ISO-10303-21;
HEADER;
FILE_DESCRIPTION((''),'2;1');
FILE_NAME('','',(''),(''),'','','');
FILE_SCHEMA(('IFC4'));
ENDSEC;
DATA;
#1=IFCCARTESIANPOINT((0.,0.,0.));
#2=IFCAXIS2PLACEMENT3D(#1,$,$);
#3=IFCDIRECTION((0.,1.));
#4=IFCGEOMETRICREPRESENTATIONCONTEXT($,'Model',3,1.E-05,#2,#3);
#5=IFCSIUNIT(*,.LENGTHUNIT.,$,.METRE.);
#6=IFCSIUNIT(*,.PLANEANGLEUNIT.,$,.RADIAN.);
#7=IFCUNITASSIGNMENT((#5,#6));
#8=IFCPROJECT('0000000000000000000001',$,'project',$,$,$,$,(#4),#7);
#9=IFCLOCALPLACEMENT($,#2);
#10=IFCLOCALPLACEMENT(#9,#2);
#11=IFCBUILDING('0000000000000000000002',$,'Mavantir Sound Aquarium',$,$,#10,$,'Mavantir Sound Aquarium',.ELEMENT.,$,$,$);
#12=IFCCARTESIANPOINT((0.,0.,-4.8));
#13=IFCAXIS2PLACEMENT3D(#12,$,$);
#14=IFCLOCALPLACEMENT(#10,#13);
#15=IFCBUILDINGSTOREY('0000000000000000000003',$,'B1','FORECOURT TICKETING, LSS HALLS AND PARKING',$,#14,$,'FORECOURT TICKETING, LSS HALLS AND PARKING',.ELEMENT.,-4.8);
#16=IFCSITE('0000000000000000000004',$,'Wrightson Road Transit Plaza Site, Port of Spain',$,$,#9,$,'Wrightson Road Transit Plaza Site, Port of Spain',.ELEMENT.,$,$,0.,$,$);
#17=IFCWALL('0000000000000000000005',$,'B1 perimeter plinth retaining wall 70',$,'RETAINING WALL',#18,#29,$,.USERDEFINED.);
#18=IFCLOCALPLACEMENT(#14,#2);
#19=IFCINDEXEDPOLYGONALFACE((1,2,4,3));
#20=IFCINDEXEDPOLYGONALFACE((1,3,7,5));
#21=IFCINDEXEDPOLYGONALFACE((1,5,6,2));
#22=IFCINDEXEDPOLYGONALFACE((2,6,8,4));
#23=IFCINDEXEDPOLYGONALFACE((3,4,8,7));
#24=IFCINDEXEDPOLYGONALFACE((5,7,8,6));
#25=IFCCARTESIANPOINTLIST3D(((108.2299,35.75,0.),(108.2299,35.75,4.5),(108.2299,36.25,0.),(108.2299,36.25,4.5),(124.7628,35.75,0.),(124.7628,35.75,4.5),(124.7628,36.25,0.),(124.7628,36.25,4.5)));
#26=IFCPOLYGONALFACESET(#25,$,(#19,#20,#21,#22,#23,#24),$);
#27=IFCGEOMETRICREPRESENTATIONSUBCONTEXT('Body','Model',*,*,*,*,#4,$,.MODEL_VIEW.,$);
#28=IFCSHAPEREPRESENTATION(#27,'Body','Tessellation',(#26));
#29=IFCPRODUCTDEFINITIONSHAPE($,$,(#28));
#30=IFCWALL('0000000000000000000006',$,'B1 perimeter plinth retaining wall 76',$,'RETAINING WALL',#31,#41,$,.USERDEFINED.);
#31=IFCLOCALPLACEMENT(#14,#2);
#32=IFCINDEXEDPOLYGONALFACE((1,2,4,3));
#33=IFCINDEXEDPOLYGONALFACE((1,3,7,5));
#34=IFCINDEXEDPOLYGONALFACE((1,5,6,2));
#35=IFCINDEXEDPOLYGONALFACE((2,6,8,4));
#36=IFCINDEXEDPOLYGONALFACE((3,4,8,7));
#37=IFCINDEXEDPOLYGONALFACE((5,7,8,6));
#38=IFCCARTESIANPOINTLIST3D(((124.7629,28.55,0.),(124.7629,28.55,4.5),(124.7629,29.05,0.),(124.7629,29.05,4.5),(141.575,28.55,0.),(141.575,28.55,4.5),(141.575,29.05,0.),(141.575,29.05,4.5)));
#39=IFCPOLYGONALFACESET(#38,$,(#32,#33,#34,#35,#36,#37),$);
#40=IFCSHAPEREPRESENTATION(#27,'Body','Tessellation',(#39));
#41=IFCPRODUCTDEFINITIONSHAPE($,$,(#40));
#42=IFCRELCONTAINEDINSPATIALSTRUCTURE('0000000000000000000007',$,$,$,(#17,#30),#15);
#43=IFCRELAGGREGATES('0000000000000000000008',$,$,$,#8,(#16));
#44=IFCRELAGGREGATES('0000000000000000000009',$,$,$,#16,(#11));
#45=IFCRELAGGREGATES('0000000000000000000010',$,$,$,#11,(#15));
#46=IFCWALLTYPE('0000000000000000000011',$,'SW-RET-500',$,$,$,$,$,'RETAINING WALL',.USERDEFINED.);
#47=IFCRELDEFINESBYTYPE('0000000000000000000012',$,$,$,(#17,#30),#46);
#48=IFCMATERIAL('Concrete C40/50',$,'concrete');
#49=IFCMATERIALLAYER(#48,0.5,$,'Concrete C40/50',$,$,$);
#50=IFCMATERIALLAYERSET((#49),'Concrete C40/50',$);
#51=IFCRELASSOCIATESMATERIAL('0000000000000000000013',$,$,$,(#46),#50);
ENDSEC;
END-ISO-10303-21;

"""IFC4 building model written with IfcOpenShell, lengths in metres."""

from ifc_helpers import new_model, si_unit, direction, frame, frame_2d, origin, place, context, subcontext, project, spatial, rectangle, extrude, material, layer, layer_set, type_object, element, save


model = new_model("IFC4")

# Units and contexts
model_context = context("Model", 3, precision=1e-05, world=origin(), true_north=direction((0.0, 1.0)))
body_context = subcontext(model_context, "Body", "Model", "MODEL_VIEW")
ifc_project = project(units=[si_unit("LENGTHUNIT", "METRE"), si_unit("PLANEANGLEUNIT", "RADIAN")], contexts=[model_context])

# Site, building, storey
site_placement = place(None, origin())
site = spatial("IfcSite", under=ifc_project, at=site_placement, Name="Wrightson Road Transit Plaza Site, Port of Spain", LongName="Wrightson Road Transit Plaza Site, Port of Spain", CompositionType="ELEMENT", RefElevation=0.0)
building_placement = place(site_placement, origin())
building = spatial("IfcBuilding", under=site, at=building_placement, Name="Mavantir Sound Aquarium", LongName="Mavantir Sound Aquarium", CompositionType="ELEMENT")
storey_placement = place(building_placement, frame((0.0, 0.0, -4.8)))
storey = spatial("IfcBuildingStorey", under=building, at=storey_placement, Name="B1", Description="FORECOURT TICKETING, LSS HALLS AND PARKING", LongName="FORECOURT TICKETING, LSS HALLS AND PARKING", CompositionType="ELEMENT", Elevation=-4.8)

# Shared definitions
ifc_material_1 = material(Name="Concrete C40/50", Category="concrete")

# Walls
ifc_layer = layer(ifc_material_1, 0.5, Name="Concrete C40/50")
ifc_layer_set = layer_set([ifc_layer], Name="Concrete C40/50")
wall_type = type_object("IfcWallType", Name="SW-RET-500", ElementType="RETAINING WALL", PredefinedType="USERDEFINED", material=ifc_layer_set)
wall_1_placement = place(storey_placement, frame((124.7629, 36.0, 0.0), z_axis=(0.0, 0.0, 1.0), x_axis=(-1.0, 0.0, 0.0)))
element("IfcWall", 1, at=wall_1_placement, inside=storey, type_object=wall_type, Name="B1 perimeter plinth retaining wall 70", ObjectType="RETAINING WALL", PredefinedType="USERDEFINED", context=body_context, shape_type="SweptSolid", body=[
    extrude(rectangle(XDim=16.533, YDim=0.5, at=frame_2d((8.2666, 0.0))), origin(), (0.0, 0.0, 1.0), 4.5),
])
wall_2_placement = place(storey_placement, frame((124.7629, 28.8, 0.0), z_axis=(0.0, 0.0, 1.0), x_axis=(1.0, 0.0, 0.0)))
element("IfcWall", 2, at=wall_2_placement, inside=storey, type_object=wall_type, Name="B1 perimeter plinth retaining wall 76", ObjectType="RETAINING WALL", PredefinedType="USERDEFINED", context=body_context, shape_type="SweptSolid", body=[
    extrude(rectangle(XDim=16.812, YDim=0.5, at=frame_2d((8.406, 0.0))), origin(), (0.0, 0.0, 1.0), 4.5),
])

save(model, "model.ifc")
